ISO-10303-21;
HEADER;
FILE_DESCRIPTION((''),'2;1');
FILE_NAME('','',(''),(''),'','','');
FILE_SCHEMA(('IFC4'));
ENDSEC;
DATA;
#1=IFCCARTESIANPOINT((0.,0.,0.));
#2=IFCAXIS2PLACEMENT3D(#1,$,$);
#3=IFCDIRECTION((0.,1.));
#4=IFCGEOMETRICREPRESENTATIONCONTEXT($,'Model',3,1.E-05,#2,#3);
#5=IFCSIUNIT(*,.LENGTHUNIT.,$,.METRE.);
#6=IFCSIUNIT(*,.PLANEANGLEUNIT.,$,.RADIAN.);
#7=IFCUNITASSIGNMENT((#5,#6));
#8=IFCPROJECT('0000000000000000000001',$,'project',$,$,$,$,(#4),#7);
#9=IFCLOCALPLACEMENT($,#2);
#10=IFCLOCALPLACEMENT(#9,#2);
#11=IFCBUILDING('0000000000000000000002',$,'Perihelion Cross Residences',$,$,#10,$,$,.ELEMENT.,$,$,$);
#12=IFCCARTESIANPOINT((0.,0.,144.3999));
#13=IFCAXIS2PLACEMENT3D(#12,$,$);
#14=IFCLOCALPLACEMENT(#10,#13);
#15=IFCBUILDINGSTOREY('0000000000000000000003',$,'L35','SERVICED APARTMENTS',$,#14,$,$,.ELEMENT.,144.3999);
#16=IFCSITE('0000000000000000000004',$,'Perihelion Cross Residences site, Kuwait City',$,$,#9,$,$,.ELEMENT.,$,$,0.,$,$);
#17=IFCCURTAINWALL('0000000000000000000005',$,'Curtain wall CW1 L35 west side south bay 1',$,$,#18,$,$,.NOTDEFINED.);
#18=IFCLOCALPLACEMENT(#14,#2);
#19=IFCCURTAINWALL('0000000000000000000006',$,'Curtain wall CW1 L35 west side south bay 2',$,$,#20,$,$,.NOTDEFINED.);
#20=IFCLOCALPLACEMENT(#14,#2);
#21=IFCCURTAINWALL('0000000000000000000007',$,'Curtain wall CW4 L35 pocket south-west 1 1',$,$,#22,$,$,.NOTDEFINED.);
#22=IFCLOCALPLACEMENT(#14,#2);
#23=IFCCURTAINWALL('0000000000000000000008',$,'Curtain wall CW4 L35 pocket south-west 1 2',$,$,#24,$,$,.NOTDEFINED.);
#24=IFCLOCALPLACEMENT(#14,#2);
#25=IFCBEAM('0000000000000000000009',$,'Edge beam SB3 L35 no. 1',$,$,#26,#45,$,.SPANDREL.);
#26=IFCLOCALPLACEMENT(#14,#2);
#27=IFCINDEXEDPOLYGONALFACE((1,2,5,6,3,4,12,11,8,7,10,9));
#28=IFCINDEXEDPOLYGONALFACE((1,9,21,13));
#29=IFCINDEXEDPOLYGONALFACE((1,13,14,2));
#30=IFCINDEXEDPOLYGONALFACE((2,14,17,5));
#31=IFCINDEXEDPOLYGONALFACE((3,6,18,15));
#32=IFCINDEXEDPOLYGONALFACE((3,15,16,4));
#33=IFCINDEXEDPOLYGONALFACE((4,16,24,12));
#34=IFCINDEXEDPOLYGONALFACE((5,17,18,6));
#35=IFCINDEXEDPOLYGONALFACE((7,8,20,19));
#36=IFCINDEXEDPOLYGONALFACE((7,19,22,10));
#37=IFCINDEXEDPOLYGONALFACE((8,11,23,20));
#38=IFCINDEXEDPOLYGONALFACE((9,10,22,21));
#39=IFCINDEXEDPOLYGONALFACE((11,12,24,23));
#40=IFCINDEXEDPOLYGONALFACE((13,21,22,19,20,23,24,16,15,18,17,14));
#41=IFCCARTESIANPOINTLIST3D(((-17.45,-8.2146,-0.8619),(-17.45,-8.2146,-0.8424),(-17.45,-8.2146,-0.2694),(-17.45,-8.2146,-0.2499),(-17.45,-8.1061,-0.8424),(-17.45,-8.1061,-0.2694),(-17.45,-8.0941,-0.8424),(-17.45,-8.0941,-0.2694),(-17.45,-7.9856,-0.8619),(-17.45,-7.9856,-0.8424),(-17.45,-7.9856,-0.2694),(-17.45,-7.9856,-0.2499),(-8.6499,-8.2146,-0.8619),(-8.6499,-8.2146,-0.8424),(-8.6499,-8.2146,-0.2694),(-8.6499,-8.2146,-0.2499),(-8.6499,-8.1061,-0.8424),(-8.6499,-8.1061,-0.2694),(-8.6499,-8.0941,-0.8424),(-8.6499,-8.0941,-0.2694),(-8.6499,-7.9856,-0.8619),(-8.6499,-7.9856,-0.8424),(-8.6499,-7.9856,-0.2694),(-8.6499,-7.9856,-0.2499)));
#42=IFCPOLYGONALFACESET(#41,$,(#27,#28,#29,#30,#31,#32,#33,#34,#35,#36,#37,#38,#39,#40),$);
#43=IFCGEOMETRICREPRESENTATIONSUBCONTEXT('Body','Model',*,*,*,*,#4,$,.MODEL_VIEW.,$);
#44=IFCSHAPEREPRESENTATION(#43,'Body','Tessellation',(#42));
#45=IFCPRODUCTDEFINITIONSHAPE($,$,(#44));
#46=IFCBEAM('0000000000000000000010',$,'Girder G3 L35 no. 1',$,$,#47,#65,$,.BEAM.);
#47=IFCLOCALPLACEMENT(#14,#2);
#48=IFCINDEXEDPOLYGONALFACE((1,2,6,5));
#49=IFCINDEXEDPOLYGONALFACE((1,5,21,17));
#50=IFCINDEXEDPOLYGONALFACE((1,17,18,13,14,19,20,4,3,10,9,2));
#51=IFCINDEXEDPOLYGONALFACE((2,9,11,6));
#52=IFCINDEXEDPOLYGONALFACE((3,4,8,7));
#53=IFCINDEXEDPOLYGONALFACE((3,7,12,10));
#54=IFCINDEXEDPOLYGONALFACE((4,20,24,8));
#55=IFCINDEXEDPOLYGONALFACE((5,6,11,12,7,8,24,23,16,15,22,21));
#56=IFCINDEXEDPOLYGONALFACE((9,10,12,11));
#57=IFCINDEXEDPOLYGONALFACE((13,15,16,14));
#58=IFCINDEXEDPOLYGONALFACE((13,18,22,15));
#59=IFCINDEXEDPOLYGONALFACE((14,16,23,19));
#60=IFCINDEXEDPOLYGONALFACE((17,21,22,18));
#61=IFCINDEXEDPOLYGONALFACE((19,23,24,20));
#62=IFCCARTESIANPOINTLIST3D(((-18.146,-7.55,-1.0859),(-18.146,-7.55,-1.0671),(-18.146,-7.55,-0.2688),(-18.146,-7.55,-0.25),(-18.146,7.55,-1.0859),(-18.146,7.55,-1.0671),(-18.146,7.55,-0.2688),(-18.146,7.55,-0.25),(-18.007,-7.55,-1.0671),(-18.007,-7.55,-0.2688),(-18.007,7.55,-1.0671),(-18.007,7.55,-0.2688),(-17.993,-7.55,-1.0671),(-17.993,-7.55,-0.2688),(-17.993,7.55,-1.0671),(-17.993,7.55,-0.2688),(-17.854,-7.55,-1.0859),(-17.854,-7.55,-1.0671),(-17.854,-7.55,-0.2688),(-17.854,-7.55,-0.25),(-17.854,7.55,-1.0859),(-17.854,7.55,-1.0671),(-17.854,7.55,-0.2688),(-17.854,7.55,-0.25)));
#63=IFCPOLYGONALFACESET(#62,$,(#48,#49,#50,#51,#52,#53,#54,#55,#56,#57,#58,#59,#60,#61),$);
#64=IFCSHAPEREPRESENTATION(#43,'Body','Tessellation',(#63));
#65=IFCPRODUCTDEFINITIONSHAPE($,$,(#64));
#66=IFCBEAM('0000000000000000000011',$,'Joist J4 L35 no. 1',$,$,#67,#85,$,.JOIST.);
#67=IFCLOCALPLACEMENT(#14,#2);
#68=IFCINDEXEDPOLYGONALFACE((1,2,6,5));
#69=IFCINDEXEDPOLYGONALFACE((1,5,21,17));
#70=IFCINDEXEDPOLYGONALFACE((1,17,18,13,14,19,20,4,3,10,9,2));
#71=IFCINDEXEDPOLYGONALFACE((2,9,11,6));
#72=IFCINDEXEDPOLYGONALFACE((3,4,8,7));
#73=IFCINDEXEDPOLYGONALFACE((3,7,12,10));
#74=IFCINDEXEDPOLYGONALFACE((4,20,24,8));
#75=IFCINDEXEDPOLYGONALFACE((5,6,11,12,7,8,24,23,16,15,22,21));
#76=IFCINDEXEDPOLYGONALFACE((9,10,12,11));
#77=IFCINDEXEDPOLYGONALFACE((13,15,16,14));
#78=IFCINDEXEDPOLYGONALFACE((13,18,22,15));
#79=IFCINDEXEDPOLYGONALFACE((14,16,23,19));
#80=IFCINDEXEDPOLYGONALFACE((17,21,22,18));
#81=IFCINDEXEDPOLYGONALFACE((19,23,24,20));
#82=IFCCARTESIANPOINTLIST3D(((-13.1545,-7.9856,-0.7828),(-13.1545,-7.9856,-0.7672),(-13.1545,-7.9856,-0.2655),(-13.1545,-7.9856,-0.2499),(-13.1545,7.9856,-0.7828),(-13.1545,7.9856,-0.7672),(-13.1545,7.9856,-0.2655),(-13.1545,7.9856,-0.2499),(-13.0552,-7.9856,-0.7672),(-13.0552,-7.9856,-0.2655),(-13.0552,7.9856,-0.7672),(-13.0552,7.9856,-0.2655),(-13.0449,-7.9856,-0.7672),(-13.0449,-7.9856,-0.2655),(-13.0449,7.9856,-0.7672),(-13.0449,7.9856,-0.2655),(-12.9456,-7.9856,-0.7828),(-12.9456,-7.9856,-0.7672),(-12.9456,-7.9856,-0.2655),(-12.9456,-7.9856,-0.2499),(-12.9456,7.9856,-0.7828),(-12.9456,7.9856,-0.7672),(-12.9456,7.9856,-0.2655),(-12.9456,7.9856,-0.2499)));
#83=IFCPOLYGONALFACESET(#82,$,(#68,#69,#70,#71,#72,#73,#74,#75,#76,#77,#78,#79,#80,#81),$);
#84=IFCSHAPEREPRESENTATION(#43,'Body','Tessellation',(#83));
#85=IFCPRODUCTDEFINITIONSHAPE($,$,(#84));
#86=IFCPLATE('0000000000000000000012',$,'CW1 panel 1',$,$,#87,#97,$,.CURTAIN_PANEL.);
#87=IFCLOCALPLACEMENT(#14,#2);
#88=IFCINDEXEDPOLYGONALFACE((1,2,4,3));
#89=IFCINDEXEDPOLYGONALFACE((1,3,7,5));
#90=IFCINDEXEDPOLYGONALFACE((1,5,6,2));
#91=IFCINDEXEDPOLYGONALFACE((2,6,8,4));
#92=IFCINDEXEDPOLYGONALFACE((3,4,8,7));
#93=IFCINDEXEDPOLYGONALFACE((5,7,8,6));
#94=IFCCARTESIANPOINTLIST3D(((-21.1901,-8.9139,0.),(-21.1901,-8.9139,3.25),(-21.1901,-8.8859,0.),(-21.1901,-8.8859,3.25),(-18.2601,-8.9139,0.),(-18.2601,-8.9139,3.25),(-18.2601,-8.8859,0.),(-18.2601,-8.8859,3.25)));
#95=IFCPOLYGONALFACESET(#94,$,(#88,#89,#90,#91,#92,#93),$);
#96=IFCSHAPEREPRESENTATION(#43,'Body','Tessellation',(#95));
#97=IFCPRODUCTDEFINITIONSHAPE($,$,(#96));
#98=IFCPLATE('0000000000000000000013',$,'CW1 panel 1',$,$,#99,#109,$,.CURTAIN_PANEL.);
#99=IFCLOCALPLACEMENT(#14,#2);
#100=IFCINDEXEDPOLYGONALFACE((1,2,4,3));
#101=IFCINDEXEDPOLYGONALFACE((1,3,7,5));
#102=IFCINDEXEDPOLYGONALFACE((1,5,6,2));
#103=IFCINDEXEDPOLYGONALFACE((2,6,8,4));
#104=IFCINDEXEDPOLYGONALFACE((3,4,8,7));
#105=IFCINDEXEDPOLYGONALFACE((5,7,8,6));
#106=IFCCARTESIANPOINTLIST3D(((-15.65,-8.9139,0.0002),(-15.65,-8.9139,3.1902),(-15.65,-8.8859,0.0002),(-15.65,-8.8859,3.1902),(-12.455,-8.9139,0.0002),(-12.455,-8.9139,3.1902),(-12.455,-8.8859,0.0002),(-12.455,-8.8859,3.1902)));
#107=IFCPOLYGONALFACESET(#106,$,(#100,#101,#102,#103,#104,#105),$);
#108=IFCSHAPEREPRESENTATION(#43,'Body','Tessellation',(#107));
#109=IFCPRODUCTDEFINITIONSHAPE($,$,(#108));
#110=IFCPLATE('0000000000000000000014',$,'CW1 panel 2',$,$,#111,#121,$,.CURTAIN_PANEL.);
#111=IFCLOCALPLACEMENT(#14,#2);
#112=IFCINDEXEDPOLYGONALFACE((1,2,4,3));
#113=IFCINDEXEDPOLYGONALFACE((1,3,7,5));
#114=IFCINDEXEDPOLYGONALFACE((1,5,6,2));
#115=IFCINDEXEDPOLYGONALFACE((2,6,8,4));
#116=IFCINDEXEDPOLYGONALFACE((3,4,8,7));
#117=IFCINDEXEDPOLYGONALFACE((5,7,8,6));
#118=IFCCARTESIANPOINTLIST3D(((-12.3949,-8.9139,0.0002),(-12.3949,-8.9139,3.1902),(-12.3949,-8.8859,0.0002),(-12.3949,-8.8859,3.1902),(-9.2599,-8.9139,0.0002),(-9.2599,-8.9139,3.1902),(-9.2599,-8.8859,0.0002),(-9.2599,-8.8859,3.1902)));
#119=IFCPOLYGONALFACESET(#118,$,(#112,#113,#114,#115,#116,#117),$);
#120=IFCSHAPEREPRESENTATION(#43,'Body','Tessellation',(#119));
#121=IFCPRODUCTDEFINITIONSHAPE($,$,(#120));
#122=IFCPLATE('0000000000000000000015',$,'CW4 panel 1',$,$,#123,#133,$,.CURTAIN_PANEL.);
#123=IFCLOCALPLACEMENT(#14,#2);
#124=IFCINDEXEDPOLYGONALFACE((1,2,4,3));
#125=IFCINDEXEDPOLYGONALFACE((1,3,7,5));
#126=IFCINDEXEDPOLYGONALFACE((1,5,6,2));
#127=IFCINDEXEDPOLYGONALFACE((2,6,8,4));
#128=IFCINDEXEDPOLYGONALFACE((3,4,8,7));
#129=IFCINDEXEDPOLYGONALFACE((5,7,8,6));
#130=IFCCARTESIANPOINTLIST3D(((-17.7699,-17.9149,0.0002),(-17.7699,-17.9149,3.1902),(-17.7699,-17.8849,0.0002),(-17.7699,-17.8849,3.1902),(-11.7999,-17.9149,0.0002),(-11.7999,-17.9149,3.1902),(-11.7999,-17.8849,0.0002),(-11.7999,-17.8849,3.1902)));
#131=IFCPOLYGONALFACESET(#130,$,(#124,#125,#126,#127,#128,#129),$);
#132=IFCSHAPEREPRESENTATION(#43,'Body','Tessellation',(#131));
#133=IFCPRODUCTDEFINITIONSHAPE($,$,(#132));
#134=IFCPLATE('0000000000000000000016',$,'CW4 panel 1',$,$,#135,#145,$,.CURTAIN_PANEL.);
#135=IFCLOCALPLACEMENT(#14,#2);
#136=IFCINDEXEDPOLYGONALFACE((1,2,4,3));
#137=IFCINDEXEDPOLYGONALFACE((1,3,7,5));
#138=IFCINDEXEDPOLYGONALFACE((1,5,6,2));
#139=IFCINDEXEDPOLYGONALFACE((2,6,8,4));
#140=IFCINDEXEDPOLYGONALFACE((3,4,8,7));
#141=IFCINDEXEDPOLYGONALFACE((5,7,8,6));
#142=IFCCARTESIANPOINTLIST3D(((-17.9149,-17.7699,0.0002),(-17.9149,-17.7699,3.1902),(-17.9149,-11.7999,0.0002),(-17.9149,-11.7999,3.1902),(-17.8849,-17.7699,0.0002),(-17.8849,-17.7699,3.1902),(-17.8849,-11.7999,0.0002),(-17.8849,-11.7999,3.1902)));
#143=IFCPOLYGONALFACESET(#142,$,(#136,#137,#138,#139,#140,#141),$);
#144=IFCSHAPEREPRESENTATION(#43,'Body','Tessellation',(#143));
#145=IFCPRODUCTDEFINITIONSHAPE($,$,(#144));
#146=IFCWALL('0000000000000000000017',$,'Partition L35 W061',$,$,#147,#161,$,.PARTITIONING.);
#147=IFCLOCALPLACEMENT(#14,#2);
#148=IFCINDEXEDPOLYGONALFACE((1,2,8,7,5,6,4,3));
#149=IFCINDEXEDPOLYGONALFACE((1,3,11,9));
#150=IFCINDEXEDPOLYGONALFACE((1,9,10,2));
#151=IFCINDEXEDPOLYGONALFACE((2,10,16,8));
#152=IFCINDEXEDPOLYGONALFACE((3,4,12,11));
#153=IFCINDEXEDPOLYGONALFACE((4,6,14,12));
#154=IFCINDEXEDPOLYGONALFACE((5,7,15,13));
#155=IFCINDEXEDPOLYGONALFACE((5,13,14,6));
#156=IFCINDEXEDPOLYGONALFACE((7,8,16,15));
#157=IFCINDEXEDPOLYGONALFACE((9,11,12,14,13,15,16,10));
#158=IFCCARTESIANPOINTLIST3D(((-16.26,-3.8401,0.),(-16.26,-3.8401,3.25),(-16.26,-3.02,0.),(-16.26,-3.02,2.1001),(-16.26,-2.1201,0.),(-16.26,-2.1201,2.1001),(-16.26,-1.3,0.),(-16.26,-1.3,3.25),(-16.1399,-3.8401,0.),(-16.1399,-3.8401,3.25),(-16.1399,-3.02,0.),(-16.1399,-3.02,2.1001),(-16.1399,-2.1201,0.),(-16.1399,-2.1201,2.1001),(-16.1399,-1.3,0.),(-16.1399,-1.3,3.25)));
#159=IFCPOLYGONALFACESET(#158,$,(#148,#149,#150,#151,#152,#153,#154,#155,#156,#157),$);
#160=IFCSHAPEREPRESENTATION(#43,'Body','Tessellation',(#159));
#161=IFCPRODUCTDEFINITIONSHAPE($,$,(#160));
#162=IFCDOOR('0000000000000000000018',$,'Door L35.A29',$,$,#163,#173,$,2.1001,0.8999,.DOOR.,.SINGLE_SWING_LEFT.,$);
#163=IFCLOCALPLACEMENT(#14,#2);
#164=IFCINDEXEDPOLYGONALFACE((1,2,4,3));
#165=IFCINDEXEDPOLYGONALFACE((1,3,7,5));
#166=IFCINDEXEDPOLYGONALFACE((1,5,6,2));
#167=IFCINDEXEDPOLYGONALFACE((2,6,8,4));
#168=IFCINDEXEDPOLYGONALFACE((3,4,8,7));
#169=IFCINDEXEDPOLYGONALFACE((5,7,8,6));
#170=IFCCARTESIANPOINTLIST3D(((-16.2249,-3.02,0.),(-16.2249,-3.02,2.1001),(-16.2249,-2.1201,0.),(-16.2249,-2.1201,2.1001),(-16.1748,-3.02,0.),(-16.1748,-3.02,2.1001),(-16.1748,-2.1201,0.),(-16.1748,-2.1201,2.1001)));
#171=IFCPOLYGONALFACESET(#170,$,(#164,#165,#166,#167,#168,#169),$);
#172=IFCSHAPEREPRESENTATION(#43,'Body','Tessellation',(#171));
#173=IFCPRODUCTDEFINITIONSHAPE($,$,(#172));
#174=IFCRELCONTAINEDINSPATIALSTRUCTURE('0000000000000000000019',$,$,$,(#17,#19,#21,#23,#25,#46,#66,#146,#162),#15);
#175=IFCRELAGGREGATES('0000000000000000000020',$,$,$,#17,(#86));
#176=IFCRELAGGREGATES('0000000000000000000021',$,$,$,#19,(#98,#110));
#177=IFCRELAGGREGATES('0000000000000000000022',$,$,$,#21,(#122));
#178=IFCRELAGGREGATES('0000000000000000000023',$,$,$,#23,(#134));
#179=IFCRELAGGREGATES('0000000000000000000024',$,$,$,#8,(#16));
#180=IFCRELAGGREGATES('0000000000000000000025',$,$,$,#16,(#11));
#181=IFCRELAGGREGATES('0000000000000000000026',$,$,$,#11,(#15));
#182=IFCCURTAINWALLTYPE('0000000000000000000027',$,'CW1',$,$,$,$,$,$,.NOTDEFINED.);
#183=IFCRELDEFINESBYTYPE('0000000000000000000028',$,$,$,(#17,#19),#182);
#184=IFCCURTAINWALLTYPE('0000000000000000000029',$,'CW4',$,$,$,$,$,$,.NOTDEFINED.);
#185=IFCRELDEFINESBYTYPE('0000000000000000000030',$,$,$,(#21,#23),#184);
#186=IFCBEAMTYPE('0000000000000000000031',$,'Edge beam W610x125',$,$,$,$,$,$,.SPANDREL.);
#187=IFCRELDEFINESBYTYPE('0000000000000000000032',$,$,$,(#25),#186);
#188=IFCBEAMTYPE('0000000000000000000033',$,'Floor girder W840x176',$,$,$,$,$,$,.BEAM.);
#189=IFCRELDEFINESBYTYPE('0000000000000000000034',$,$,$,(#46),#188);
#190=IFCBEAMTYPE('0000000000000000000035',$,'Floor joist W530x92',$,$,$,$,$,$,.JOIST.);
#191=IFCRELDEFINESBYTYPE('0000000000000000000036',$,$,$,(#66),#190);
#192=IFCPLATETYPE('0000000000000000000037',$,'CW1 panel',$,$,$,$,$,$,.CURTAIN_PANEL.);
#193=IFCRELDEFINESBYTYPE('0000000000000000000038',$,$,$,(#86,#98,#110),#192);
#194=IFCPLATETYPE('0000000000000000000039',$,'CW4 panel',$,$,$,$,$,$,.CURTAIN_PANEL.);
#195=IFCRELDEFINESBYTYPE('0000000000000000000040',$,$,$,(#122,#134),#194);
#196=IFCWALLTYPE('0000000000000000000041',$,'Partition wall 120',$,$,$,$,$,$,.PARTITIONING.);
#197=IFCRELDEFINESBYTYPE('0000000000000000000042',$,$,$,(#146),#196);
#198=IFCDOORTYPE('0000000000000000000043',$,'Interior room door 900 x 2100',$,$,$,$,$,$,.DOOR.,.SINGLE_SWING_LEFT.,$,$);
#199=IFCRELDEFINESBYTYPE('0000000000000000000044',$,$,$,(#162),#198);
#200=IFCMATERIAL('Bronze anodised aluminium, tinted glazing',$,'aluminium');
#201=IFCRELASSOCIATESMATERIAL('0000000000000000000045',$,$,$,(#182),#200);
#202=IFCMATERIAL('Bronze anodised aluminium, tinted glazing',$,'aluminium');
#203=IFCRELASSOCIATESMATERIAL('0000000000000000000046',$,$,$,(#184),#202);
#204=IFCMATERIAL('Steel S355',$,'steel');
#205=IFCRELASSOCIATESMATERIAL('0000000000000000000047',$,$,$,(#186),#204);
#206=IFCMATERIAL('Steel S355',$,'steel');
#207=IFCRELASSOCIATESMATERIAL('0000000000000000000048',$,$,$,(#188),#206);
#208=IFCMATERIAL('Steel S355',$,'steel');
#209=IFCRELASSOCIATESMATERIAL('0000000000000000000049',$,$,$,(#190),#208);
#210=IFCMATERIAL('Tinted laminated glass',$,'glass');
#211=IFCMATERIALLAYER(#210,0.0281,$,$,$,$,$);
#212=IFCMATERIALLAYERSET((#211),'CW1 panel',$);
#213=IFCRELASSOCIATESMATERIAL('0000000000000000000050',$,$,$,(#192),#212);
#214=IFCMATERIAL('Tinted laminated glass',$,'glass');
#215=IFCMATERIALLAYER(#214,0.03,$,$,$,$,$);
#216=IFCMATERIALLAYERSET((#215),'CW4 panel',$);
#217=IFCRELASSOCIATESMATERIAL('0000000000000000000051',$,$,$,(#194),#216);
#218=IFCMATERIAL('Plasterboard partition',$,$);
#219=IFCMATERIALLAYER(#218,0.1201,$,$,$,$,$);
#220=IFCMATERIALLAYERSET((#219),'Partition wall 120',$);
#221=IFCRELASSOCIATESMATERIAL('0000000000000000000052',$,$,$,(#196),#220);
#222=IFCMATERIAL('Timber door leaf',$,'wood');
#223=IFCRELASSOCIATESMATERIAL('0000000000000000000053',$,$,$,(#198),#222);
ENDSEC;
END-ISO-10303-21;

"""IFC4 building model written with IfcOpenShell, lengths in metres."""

from ifc_helpers import new_model, si_unit, direction, frame, frame_2d, origin, origin_2d, place, context, subcontext, project, spatial, rectangle, i_section, extrude, material, layer, layer_set, material_profile, profile_set, type_object, element, fill, aggregate, save


model = new_model("IFC4")

# Units and contexts
model_context = context("Model", 3, precision=1e-05, world=origin(), true_north=direction((0.0, 1.0)))
body_context = subcontext(model_context, "Body", "Model", "MODEL_VIEW")
ifc_project = project(units=[si_unit("LENGTHUNIT", "METRE"), si_unit("PLANEANGLEUNIT", "RADIAN")], contexts=[model_context])

# Site, building, storey
site_placement = place(None, origin())
site = spatial("IfcSite", under=ifc_project, at=site_placement, Name="Perihelion Cross Residences site, Kuwait City", CompositionType="ELEMENT", RefElevation=0.0)
building_placement = place(site_placement, origin())
building = spatial("IfcBuilding", under=site, at=building_placement, Name="Perihelion Cross Residences", CompositionType="ELEMENT")
storey_placement = place(building_placement, frame((0.0, 0.0, 144.3999)))
storey = spatial("IfcBuildingStorey", under=building, at=storey_placement, Name="L35", Description="SERVICED APARTMENTS", CompositionType="ELEMENT", Elevation=144.3999)

# Curtain wall
ifc_material_1 = material(Name="Bronze anodised aluminium, tinted glazing", Category="aluminium")
curtain_wall_type_1 = type_object("IfcCurtainWallType", Name="CW1", PredefinedType="NOTDEFINED", material=ifc_material_1)
curtain_wall_1_placement = place(storey_placement, origin())
curtain_wall_1 = element("IfcCurtainWall", 1, at=curtain_wall_1_placement, inside=storey, type_object=curtain_wall_type_1, Name="Curtain wall CW1 L35 west side south bay 1", PredefinedType="NOTDEFINED")

# Curtain walls
curtain_wall_2_placement = place(storey_placement, origin())
curtain_wall_2 = element("IfcCurtainWall", 2, at=curtain_wall_2_placement, inside=storey, type_object=curtain_wall_type_1, Name="Curtain wall CW1 L35 west side south bay 2", PredefinedType="NOTDEFINED")
ifc_material_2 = material(Name="Bronze anodised aluminium, tinted glazing", Category="aluminium")
curtain_wall_type_2 = type_object("IfcCurtainWallType", Name="CW4", PredefinedType="NOTDEFINED", material=ifc_material_2)
curtain_wall_3_placement = place(storey_placement, origin())
curtain_wall_3 = element("IfcCurtainWall", 3, at=curtain_wall_3_placement, inside=storey, type_object=curtain_wall_type_2, Name="Curtain wall CW4 L35 pocket south-west 1 1", PredefinedType="NOTDEFINED")
curtain_wall_4_placement = place(storey_placement, origin())
curtain_wall_4 = element("IfcCurtainWall", 4, at=curtain_wall_4_placement, inside=storey, type_object=curtain_wall_type_2, Name="Curtain wall CW4 L35 pocket south-west 1 2", PredefinedType="NOTDEFINED")

# Beams
ifc_material_3 = material(Name="Steel S355", Category="steel")
ifc_material_profile_1 = material_profile(ifc_material_3, i_section(OverallWidth=0.229, OverallDepth=0.6121, WebThickness=0.012, FlangeThickness=0.0195, at=origin_2d()), Name="W610x125")
ifc_profile_set_1 = profile_set([ifc_material_profile_1], Name="Steel S355")
beam_type_1 = type_object("IfcBeamType", Name="Edge beam W610x125", PredefinedType="SPANDREL", material=ifc_profile_set_1)
beam_1_placement = place(storey_placement, frame((-17.45, -8.1001, -0.5559), z_axis=(1.0, 0.0, 0.0), x_axis=(0.0, 1.0, 0.0)))
element("IfcBeam", 5, at=beam_1_placement, inside=storey, type_object=beam_type_1, Name="Edge beam SB3 L35 no. 1", PredefinedType="SPANDREL", context=body_context, shape_type="SweptSolid", body=[
    extrude(i_section(OverallWidth=0.229, OverallDepth=0.6121, WebThickness=0.012, FlangeThickness=0.0195, at=origin_2d()), origin(), (0.0, 0.0, 1.0), 8.8),
])
ifc_material_4 = material(Name="Steel S355", Category="steel")
ifc_material_profile_2 = material_profile(ifc_material_4, i_section(OverallWidth=0.292, OverallDepth=0.8359, WebThickness=0.0139, FlangeThickness=0.0188, at=origin_2d()), Name="W840x176")
ifc_profile_set_2 = profile_set([ifc_material_profile_2], Name="Steel S355")
beam_type_2 = type_object("IfcBeamType", Name="Floor girder W840x176", PredefinedType="BEAM", material=ifc_profile_set_2)
beam_2_placement = place(storey_placement, frame((-18.0, -7.55, -0.668), z_axis=(0.0, 1.0, 0.0), x_axis=(-1.0, 0.0, 0.0)))
element("IfcBeam", 6, at=beam_2_placement, inside=storey, type_object=beam_type_2, Name="Girder G3 L35 no. 1", PredefinedType="BEAM", context=body_context, shape_type="SweptSolid", body=[
    extrude(i_section(OverallWidth=0.292, OverallDepth=0.8359, WebThickness=0.0139, FlangeThickness=0.0188, at=origin_2d()), origin(), (0.0, 0.0, 1.0), 15.1001),
])
ifc_material_5 = material(Name="Steel S355", Category="steel")
ifc_material_profile_3 = material_profile(ifc_material_5, i_section(OverallWidth=0.209, OverallDepth=0.533, WebThickness=0.0103, FlangeThickness=0.0156, at=origin_2d()), Name="W530x92")
ifc_profile_set_3 = profile_set([ifc_material_profile_3], Name="Steel S355")
beam_type_3 = type_object("IfcBeamType", Name="Floor joist W530x92", PredefinedType="JOIST", material=ifc_profile_set_3)
beam_3_placement = place(storey_placement, frame((-13.05, -7.9856, -0.5164), z_axis=(0.0, 1.0, 0.0), x_axis=(-1.0, 0.0, 0.0)))
element("IfcBeam", 7, at=beam_3_placement, inside=storey, type_object=beam_type_3, Name="Joist J4 L35 no. 1", PredefinedType="JOIST", context=body_context, shape_type="SweptSolid", body=[
    extrude(i_section(OverallWidth=0.209, OverallDepth=0.533, WebThickness=0.0103, FlangeThickness=0.0156, at=origin_2d()), origin(), (0.0, 0.0, 1.0), 15.9712),
])

# Plates
ifc_material_6 = material(Name="Tinted laminated glass", Category="glass")
ifc_layer_1 = layer(ifc_material_6, 0.0281)
ifc_layer_set_1 = layer_set([ifc_layer_1], Name="CW1 panel")
plate_type_1 = type_object("IfcPlateType", Name="CW1 panel", PredefinedType="CURTAIN_PANEL", material=ifc_layer_set_1)
plate_1_placement = place(storey_placement, frame((-19.7251, -8.8999, 0.0), z_axis=(0.0, 0.0, 1.0), x_axis=(1.0, 0.0, 0.0)))
plate_1 = element("IfcPlate", 8, at=plate_1_placement, type_object=plate_type_1, Name="CW1 panel 1", PredefinedType="CURTAIN_PANEL", context=body_context, shape_type="SweptSolid", body=[
    extrude(rectangle(XDim=2.9299, YDim=0.0281, at=origin_2d()), origin(), (0.0, 0.0, 1.0), 3.25),
])
aggregate(curtain_wall_1, [plate_1])
plate_2_placement = place(storey_placement, frame((-14.0525, -8.8999, 0.0002), z_axis=(0.0, 0.0, 1.0), x_axis=(1.0, 0.0, 0.0)))
plate_2 = element("IfcPlate", 9, at=plate_2_placement, type_object=plate_type_1, Name="CW1 panel 1", PredefinedType="CURTAIN_PANEL", context=body_context, shape_type="SweptSolid", body=[
    extrude(rectangle(XDim=3.1951, YDim=0.0281, at=origin_2d()), origin(), (0.0, 0.0, 1.0), 3.1899),
])
plate_3_placement = place(storey_placement, frame((-10.8274, -8.8999, 0.0002), z_axis=(0.0, 0.0, 1.0), x_axis=(1.0, 0.0, 0.0)))
plate_3 = element("IfcPlate", 10, at=plate_3_placement, type_object=plate_type_1, Name="CW1 panel 2", PredefinedType="CURTAIN_PANEL", context=body_context, shape_type="SweptSolid", body=[
    extrude(rectangle(XDim=3.135, YDim=0.0281, at=origin_2d()), origin(), (0.0, 0.0, 1.0), 3.1899),
])
aggregate(curtain_wall_2, [plate_2, plate_3])
ifc_material_7 = material(Name="Tinted laminated glass", Category="glass")
ifc_layer_2 = layer(ifc_material_7, 0.03)
ifc_layer_set_2 = layer_set([ifc_layer_2], Name="CW4 panel")
plate_type_2 = type_object("IfcPlateType", Name="CW4 panel", PredefinedType="CURTAIN_PANEL", material=ifc_layer_set_2)
plate_4_placement = place(storey_placement, frame((-14.7849, -17.8999, 0.0002), z_axis=(0.0, 0.0, 1.0), x_axis=(-1.0, 0.0, 0.0)))
plate_4 = element("IfcPlate", 11, at=plate_4_placement, type_object=plate_type_2, Name="CW4 panel 1", PredefinedType="CURTAIN_PANEL", context=body_context, shape_type="SweptSolid", body=[
    extrude(rectangle(XDim=5.97, YDim=0.03, at=origin_2d()), origin(), (0.0, 0.0, 1.0), 3.1899),
])
aggregate(curtain_wall_3, [plate_4])
plate_5_placement = place(storey_placement, frame((-17.8999, -14.7849, 0.0002), z_axis=(0.0, 0.0, 1.0), x_axis=(0.0, 1.0, 0.0)))
plate_5 = element("IfcPlate", 12, at=plate_5_placement, type_object=plate_type_2, Name="CW4 panel 1", PredefinedType="CURTAIN_PANEL", context=body_context, shape_type="SweptSolid", body=[
    extrude(rectangle(XDim=5.97, YDim=0.03, at=origin_2d()), origin(), (0.0, 0.0, 1.0), 3.1899),
])
aggregate(curtain_wall_4, [plate_5])

# Wall, opening, door
ifc_material_8 = material(Name="Plasterboard partition")
ifc_layer_3 = layer(ifc_material_8, 0.1201)
ifc_layer_set_3 = layer_set([ifc_layer_3], Name="Partition wall 120")
wall_type_1 = type_object("IfcWallType", Name="Partition wall 120", PredefinedType="PARTITIONING", material=ifc_layer_set_3)
wall_1_placement = place(storey_placement, frame((-16.2, -3.8401, 0.0), z_axis=(0.0, 0.0, 1.0), x_axis=(0.0, 1.0, 0.0)))
wall_1 = element("IfcWall", 13, at=wall_1_placement, inside=storey, type_object=wall_type_1, Name="Partition L35 W061", PredefinedType="PARTITIONING", context=body_context, shape_type="SweptSolid", body=[
    extrude(rectangle(XDim=2.54, YDim=0.1201, at=frame_2d((1.27, 0.0))), origin(), (0.0, 0.0, 1.0), 3.25),
])
opening_1_placement = place(wall_1_placement, frame((0.8201, 0.0, 0.0)))
opening_1 = element("IfcOpeningElement", 14, at=opening_1_placement, cuts=wall_1, PredefinedType="OPENING", context=body_context, shape_type="SweptSolid", body=[
    extrude(rectangle(XDim=0.8999, YDim=2.1001, at=frame_2d((0.45, 1.05))), frame((0.0, 0.0701, 0.0), z_axis=(0.0, -1.0, 0.0), x_axis=(1.0, 0.0, 0.0)), (0.0, 0.0, 1.0), 0.1401),
])
ifc_material_9 = material(Name="Timber door leaf", Category="wood")
door_type_1 = type_object("IfcDoorType", Name="Interior room door 900 x 2100", OperationType="SINGLE_SWING_LEFT", PredefinedType="DOOR", material=ifc_material_9)
door_1_placement = place(opening_1_placement, origin())
door_1 = element("IfcDoor", 15, at=door_1_placement, inside=storey, type_object=door_type_1, Name="Door L35.A29", OperationType="SINGLE_SWING_LEFT", OverallHeight=2.1001, OverallWidth=0.8999, PredefinedType="DOOR", context=body_context, shape_type="SweptSolid", body=[
    extrude(rectangle(XDim=0.8999, YDim=2.1001, at=frame_2d((0.45, 1.05))), frame((0.0, 0.0249, 0.0), z_axis=(0.0, -1.0, 0.0), x_axis=(1.0, 0.0, 0.0)), (0.0, 0.0, 1.0), 0.05),
])
fill(opening_1, door_1)

save(model, "model.ifc")
